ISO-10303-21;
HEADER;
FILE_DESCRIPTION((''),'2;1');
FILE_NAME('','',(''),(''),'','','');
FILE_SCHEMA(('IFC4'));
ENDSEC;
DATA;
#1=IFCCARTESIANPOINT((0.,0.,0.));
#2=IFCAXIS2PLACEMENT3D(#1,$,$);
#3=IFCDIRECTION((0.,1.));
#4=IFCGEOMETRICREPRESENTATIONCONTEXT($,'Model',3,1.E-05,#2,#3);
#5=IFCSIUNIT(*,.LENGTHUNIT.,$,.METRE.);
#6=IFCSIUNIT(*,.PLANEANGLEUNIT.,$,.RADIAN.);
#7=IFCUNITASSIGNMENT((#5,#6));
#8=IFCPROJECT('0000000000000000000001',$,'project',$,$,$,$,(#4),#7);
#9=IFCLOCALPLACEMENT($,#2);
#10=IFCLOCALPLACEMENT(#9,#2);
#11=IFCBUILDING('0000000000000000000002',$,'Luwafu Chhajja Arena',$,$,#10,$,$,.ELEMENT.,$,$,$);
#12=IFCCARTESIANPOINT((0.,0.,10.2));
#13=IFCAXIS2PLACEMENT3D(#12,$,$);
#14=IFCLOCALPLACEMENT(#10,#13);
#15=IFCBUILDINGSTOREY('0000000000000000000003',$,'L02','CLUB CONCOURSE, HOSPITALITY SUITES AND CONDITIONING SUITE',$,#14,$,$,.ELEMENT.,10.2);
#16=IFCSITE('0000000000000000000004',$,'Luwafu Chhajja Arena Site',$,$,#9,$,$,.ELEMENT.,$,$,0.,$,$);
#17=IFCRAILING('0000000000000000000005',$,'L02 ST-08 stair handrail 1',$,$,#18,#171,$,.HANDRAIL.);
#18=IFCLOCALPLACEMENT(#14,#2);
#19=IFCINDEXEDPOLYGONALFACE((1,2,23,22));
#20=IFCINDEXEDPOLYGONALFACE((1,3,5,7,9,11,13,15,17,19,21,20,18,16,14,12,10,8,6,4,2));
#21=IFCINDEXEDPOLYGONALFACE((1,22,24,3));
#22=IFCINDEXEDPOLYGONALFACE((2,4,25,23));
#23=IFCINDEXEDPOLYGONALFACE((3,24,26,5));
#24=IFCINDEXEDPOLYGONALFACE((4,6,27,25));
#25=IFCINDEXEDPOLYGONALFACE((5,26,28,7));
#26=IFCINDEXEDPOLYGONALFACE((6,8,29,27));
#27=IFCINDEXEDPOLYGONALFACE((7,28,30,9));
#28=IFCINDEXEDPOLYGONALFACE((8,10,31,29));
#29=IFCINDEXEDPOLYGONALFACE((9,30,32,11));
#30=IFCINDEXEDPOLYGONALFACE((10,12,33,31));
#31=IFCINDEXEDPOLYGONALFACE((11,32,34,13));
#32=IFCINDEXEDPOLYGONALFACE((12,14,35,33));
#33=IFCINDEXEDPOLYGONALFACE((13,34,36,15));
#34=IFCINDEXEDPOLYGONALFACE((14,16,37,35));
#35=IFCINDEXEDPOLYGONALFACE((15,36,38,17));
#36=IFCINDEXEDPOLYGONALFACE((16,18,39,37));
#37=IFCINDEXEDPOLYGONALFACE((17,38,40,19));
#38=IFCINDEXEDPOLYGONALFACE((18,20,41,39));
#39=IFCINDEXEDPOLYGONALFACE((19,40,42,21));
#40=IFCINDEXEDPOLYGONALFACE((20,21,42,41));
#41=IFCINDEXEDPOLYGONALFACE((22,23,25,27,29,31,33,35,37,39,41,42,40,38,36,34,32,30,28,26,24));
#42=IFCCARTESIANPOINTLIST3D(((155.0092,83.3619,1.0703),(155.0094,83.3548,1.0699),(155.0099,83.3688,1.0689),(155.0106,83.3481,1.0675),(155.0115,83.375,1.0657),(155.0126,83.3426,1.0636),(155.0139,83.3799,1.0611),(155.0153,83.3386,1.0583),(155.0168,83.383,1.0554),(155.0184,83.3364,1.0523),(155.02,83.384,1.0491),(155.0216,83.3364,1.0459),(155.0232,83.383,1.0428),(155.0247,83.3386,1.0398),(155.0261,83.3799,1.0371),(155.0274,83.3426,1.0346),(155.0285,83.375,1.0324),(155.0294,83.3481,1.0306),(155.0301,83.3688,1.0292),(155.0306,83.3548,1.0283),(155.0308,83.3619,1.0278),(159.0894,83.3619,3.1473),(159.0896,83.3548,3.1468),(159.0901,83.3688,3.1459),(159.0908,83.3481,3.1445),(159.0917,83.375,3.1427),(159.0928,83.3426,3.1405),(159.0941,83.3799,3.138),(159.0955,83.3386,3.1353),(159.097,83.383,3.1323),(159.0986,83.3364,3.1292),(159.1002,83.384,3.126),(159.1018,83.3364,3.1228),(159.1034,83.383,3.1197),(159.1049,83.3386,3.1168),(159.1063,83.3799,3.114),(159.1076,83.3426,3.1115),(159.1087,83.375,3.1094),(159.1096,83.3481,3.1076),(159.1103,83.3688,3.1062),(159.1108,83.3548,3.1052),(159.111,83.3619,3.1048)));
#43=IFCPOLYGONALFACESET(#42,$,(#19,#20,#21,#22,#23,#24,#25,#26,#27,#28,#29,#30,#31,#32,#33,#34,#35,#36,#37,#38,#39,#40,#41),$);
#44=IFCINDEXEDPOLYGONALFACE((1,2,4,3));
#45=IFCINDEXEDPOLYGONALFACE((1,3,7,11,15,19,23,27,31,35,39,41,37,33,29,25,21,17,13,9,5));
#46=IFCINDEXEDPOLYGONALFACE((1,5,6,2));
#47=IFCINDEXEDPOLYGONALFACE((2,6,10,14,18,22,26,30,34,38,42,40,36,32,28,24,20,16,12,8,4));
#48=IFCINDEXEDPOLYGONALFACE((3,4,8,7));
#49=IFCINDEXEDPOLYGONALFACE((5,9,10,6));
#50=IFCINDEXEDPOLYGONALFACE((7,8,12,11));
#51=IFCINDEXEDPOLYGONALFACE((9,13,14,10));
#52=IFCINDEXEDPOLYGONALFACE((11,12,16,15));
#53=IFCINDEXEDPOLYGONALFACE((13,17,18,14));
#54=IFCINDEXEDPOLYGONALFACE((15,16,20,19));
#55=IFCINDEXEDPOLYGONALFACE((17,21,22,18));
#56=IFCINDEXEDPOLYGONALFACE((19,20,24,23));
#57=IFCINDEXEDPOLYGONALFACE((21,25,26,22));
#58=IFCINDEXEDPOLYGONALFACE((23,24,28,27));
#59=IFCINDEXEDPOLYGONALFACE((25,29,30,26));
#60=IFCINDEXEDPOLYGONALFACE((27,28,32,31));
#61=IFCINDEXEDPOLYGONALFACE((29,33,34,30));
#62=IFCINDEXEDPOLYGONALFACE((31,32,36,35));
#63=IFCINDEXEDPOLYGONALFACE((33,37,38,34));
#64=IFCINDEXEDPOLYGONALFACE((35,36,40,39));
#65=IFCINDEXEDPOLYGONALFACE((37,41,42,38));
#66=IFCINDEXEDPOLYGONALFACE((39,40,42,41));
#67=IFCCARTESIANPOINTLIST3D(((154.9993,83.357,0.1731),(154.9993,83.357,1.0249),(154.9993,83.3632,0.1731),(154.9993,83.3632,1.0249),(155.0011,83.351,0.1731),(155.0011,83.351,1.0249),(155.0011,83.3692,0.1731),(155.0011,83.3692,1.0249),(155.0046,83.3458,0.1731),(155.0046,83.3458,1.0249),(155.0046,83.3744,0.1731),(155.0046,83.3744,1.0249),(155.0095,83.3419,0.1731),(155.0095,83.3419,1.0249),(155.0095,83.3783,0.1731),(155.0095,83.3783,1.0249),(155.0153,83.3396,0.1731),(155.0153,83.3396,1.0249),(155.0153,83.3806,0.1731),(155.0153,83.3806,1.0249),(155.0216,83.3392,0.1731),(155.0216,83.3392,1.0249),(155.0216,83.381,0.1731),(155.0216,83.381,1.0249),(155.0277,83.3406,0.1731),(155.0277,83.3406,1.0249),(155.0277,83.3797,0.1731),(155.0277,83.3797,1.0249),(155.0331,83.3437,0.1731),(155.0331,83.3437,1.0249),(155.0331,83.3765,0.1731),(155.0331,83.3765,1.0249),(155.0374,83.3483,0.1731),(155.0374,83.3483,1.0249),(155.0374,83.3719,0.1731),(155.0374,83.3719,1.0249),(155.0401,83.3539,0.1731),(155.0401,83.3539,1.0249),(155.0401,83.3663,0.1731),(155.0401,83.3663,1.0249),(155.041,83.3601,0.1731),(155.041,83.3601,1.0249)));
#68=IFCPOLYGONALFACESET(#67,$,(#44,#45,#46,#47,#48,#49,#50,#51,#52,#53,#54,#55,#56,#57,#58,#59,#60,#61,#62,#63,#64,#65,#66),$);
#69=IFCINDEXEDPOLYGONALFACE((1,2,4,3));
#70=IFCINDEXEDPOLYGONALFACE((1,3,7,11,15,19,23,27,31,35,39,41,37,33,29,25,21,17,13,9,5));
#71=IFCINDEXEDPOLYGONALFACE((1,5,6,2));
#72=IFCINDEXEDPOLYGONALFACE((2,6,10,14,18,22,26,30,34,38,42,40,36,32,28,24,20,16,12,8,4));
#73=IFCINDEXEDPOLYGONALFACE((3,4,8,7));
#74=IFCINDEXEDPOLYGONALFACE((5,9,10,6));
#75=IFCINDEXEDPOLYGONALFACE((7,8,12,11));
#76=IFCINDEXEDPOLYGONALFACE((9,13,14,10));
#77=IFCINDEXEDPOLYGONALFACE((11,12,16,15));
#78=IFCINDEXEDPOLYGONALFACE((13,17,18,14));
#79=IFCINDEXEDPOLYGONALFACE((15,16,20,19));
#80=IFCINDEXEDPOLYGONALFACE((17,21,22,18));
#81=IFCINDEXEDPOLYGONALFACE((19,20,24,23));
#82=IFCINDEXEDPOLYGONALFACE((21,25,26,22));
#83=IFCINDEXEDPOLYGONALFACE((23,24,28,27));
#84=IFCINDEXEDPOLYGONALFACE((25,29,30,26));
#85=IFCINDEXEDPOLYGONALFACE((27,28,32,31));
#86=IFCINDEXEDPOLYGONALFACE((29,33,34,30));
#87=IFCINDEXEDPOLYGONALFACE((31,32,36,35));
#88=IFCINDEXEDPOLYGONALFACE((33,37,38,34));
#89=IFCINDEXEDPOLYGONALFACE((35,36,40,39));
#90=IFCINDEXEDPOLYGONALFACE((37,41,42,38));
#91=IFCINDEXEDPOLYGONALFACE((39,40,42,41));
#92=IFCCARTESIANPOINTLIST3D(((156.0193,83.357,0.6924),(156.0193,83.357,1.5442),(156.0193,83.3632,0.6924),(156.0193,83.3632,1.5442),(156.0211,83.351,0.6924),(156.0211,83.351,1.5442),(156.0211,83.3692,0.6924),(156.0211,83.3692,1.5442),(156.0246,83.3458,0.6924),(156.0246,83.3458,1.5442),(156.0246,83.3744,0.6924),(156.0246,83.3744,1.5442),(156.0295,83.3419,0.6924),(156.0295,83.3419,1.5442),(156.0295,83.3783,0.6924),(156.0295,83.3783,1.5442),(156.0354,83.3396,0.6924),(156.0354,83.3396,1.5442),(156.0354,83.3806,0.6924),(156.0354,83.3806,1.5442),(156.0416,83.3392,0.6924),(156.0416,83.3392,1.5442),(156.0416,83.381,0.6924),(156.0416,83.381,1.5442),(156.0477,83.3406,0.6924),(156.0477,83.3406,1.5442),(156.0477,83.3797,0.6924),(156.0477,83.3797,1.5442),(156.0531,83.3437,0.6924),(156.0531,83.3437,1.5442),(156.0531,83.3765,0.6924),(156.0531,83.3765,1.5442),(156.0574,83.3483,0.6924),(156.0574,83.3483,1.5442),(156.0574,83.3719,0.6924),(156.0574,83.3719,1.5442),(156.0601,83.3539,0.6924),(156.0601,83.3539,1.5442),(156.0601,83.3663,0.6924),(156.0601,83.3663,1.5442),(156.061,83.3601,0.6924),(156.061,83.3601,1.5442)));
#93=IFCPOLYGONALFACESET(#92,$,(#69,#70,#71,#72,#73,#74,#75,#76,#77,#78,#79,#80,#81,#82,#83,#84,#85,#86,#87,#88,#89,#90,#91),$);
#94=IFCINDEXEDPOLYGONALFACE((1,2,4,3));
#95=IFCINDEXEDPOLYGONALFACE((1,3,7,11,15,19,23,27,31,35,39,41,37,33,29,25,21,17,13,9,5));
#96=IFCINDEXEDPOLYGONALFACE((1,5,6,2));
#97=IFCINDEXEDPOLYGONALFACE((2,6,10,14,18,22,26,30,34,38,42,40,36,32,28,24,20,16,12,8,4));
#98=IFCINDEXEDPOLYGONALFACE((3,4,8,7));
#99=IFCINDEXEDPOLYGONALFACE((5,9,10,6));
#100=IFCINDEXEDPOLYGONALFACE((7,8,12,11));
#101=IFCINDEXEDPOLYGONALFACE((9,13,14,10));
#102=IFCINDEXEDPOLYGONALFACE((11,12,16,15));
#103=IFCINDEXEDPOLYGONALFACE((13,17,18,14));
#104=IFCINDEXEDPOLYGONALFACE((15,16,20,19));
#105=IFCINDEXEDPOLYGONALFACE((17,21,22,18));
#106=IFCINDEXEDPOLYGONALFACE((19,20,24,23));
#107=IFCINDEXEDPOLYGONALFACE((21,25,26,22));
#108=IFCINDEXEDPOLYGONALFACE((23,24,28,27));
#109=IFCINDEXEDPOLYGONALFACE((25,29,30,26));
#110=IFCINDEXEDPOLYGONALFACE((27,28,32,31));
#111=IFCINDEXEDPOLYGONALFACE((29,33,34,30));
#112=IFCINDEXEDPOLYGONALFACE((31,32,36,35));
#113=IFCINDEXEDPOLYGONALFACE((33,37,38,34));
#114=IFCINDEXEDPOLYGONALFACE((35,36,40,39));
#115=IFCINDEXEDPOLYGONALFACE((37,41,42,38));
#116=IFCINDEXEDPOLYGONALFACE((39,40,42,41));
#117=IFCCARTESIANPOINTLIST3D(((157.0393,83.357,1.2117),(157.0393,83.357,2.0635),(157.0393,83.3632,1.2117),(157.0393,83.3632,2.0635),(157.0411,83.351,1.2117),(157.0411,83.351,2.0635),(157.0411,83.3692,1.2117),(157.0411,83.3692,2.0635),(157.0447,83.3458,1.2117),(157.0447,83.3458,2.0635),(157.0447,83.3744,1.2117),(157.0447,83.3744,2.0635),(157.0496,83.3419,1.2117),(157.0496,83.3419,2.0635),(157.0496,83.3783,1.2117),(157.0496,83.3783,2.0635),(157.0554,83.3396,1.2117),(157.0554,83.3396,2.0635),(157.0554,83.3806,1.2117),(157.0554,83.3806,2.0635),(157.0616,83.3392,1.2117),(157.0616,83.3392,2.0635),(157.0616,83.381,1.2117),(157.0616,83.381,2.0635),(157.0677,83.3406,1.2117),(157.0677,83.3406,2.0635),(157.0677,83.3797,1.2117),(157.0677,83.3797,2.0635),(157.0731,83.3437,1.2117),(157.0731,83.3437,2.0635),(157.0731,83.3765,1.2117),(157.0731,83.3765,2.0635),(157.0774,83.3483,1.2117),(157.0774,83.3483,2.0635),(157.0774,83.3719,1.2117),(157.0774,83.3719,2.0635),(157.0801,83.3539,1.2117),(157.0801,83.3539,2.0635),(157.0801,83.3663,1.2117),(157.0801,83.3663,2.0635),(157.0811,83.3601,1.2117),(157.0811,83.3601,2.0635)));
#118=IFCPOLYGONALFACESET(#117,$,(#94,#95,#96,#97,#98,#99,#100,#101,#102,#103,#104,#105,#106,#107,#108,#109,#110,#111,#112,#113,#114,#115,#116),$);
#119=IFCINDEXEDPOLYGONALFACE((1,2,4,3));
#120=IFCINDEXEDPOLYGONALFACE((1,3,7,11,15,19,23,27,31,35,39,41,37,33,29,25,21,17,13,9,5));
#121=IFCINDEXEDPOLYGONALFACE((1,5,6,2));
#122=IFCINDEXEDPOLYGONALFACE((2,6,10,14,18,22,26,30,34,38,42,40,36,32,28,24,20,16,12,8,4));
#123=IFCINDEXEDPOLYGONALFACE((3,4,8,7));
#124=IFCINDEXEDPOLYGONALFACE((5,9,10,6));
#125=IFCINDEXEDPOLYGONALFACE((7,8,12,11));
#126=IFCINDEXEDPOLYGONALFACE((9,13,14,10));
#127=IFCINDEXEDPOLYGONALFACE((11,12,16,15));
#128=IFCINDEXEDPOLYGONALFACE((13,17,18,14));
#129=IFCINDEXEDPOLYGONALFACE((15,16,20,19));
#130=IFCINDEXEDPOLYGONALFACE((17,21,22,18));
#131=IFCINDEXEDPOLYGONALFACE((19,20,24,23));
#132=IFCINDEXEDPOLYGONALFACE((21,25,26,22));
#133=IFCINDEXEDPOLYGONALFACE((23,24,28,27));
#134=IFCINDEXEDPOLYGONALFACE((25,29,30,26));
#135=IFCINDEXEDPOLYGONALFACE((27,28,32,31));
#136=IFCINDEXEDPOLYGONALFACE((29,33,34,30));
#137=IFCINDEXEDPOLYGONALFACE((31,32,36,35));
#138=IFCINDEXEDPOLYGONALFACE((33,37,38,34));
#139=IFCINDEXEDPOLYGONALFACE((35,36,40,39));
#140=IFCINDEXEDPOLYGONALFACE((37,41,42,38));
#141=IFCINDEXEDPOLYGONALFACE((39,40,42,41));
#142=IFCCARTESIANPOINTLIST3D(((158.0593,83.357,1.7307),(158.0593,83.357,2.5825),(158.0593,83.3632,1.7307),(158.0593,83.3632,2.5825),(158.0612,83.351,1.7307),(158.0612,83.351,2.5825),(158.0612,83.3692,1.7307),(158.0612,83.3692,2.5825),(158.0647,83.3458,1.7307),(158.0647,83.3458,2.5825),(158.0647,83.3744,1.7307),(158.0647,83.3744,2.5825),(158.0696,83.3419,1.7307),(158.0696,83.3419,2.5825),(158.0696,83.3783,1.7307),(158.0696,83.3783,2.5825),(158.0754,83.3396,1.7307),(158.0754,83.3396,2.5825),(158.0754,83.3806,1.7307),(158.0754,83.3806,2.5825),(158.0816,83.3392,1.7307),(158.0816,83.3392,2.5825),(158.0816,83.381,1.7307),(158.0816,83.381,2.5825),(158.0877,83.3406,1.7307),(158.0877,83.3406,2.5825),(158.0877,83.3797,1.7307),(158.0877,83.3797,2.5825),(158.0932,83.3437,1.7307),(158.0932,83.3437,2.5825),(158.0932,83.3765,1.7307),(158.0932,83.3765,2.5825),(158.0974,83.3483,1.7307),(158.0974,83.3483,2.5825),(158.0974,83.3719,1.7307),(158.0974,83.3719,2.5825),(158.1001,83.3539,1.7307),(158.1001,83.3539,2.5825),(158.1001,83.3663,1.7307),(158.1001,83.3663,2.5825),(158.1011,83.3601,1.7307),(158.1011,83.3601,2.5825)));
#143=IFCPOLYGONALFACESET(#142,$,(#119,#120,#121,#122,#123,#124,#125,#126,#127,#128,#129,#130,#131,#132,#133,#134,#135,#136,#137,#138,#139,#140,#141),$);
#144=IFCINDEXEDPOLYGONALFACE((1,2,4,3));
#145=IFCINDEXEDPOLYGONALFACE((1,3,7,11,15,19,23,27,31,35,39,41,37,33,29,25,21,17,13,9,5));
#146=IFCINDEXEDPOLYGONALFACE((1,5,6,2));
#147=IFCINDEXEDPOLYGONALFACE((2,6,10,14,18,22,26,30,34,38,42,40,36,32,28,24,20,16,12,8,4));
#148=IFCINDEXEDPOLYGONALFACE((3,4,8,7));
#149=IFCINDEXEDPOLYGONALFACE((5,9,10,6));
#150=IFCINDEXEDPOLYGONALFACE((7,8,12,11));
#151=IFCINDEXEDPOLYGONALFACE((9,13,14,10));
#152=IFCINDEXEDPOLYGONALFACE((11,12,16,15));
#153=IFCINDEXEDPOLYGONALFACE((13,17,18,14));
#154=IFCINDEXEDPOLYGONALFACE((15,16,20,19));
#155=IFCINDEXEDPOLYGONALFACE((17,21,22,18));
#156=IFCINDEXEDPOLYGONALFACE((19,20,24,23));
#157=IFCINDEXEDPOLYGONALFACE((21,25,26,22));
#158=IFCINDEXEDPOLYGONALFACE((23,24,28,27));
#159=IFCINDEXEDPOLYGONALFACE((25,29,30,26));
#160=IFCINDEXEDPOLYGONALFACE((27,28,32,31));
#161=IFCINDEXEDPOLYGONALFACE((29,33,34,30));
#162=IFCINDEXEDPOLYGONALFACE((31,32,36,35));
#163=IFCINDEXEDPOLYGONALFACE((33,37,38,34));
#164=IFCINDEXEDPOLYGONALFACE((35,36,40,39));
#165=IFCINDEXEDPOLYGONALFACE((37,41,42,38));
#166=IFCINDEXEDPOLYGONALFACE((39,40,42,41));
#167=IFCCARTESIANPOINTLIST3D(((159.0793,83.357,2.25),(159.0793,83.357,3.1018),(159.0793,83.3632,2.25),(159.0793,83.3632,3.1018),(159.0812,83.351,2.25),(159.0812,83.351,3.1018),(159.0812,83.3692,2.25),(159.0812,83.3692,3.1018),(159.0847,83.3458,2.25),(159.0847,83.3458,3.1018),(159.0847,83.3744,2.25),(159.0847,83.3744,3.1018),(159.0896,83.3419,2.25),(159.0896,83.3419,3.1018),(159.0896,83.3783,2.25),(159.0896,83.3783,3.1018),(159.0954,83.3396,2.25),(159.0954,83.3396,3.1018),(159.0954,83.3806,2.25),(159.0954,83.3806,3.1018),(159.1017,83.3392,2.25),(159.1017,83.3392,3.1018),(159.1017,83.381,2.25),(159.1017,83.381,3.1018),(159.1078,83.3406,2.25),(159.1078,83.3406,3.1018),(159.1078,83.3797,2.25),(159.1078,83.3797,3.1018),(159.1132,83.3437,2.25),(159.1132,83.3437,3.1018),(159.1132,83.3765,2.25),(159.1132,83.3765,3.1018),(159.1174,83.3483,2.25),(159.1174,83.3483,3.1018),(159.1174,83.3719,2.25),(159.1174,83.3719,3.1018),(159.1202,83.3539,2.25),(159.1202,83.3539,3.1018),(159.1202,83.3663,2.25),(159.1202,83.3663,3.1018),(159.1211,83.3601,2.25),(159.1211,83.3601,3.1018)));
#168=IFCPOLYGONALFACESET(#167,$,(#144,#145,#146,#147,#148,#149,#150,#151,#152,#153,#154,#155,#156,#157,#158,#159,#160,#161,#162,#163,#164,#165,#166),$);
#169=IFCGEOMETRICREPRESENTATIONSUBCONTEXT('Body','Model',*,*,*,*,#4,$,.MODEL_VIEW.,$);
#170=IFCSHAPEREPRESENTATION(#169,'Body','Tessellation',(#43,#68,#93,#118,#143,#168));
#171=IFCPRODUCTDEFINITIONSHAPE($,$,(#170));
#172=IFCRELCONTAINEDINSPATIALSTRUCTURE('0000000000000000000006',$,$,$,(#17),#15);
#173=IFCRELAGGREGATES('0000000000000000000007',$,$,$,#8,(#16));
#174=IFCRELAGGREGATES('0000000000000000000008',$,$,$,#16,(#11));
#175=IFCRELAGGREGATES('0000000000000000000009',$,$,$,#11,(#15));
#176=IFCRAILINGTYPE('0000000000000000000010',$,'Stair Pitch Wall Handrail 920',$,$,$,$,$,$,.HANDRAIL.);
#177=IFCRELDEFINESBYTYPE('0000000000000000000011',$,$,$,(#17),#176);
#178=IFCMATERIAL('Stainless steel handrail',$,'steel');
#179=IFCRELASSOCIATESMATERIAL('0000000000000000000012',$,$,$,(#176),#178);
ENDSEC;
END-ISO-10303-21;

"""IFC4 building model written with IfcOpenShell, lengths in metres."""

from ifc_helpers import new_model, si_unit, direction, frame, origin, origin_2d, place, context, subcontext, project, spatial, circle, extrude, material, type_object, element, save


model = new_model("IFC4")

# Units and contexts
model_context = context("Model", 3, precision=1e-05, world=origin(), true_north=direction((0.0, 1.0)))
body_context = subcontext(model_context, "Body", "Model", "MODEL_VIEW")
ifc_project = project(units=[si_unit("LENGTHUNIT", "METRE"), si_unit("PLANEANGLEUNIT", "RADIAN")], contexts=[model_context])

# Site, building, storey
site_placement = place(None, origin())
site = spatial("IfcSite", under=ifc_project, at=site_placement, Name="Luwafu Chhajja Arena Site", CompositionType="ELEMENT", RefElevation=0.0)
building_placement = place(site_placement, origin())
building = spatial("IfcBuilding", under=site, at=building_placement, Name="Luwafu Chhajja Arena", CompositionType="ELEMENT")
storey_placement = place(building_placement, frame((0.0, 0.0, 10.2)))
storey = spatial("IfcBuildingStorey", under=building, at=storey_placement, Name="L02", Description="CLUB CONCOURSE, HOSPITALITY SUITES AND CONDITIONING SUITE", CompositionType="ELEMENT", Elevation=10.2)

# Railing
ifc_material_1 = material(Name="Stainless steel handrail", Category="steel")
railing_type_1 = type_object("IfcRailingType", Name="Stair Pitch Wall Handrail 920", PredefinedType="HANDRAIL", material=ifc_material_1)
for number, where, name in (
    (1, (155.02, 83.3601, 0.1731), "L02 ST-08 stair handrail 1"),
):
    element("IfcRailing", number, at=place(storey_placement, frame(where)), inside=storey, type_object=railing_type_1, Name=name, PredefinedType="HANDRAIL", context=body_context, shape_type="SweptSolid", body=[
        extrude(circle(Radius=0.0239, at=origin_2d()), frame((0.0, 0.0, 0.876), z_axis=(0.891183, 0.0, 0.453644), x_axis=(0.0, 1.0, 0.0)), (0.0, 0.0, 1.0), 4.5784),
        extrude(circle(Radius=0.021, at=origin_2d()), origin(), (0.0, 0.0, 1.0), 0.8518),
        extrude(circle(Radius=0.021, at=origin_2d()), frame((1.02, 0.0, 0.5193)), (0.0, 0.0, 1.0), 0.8518),
        extrude(circle(Radius=0.021, at=origin_2d()), frame((2.04, 0.0, 1.0386)), (0.0, 0.0, 1.0), 0.8518),
        extrude(circle(Radius=0.021, at=origin_2d()), frame((3.0601, 0.0, 1.5576)), (0.0, 0.0, 1.0), 0.8518),
        extrude(circle(Radius=0.021, at=origin_2d()), frame((4.0801, 0.0, 2.0769)), (0.0, 0.0, 1.0), 0.8518),
    ])

save(model, "model.ifc")
